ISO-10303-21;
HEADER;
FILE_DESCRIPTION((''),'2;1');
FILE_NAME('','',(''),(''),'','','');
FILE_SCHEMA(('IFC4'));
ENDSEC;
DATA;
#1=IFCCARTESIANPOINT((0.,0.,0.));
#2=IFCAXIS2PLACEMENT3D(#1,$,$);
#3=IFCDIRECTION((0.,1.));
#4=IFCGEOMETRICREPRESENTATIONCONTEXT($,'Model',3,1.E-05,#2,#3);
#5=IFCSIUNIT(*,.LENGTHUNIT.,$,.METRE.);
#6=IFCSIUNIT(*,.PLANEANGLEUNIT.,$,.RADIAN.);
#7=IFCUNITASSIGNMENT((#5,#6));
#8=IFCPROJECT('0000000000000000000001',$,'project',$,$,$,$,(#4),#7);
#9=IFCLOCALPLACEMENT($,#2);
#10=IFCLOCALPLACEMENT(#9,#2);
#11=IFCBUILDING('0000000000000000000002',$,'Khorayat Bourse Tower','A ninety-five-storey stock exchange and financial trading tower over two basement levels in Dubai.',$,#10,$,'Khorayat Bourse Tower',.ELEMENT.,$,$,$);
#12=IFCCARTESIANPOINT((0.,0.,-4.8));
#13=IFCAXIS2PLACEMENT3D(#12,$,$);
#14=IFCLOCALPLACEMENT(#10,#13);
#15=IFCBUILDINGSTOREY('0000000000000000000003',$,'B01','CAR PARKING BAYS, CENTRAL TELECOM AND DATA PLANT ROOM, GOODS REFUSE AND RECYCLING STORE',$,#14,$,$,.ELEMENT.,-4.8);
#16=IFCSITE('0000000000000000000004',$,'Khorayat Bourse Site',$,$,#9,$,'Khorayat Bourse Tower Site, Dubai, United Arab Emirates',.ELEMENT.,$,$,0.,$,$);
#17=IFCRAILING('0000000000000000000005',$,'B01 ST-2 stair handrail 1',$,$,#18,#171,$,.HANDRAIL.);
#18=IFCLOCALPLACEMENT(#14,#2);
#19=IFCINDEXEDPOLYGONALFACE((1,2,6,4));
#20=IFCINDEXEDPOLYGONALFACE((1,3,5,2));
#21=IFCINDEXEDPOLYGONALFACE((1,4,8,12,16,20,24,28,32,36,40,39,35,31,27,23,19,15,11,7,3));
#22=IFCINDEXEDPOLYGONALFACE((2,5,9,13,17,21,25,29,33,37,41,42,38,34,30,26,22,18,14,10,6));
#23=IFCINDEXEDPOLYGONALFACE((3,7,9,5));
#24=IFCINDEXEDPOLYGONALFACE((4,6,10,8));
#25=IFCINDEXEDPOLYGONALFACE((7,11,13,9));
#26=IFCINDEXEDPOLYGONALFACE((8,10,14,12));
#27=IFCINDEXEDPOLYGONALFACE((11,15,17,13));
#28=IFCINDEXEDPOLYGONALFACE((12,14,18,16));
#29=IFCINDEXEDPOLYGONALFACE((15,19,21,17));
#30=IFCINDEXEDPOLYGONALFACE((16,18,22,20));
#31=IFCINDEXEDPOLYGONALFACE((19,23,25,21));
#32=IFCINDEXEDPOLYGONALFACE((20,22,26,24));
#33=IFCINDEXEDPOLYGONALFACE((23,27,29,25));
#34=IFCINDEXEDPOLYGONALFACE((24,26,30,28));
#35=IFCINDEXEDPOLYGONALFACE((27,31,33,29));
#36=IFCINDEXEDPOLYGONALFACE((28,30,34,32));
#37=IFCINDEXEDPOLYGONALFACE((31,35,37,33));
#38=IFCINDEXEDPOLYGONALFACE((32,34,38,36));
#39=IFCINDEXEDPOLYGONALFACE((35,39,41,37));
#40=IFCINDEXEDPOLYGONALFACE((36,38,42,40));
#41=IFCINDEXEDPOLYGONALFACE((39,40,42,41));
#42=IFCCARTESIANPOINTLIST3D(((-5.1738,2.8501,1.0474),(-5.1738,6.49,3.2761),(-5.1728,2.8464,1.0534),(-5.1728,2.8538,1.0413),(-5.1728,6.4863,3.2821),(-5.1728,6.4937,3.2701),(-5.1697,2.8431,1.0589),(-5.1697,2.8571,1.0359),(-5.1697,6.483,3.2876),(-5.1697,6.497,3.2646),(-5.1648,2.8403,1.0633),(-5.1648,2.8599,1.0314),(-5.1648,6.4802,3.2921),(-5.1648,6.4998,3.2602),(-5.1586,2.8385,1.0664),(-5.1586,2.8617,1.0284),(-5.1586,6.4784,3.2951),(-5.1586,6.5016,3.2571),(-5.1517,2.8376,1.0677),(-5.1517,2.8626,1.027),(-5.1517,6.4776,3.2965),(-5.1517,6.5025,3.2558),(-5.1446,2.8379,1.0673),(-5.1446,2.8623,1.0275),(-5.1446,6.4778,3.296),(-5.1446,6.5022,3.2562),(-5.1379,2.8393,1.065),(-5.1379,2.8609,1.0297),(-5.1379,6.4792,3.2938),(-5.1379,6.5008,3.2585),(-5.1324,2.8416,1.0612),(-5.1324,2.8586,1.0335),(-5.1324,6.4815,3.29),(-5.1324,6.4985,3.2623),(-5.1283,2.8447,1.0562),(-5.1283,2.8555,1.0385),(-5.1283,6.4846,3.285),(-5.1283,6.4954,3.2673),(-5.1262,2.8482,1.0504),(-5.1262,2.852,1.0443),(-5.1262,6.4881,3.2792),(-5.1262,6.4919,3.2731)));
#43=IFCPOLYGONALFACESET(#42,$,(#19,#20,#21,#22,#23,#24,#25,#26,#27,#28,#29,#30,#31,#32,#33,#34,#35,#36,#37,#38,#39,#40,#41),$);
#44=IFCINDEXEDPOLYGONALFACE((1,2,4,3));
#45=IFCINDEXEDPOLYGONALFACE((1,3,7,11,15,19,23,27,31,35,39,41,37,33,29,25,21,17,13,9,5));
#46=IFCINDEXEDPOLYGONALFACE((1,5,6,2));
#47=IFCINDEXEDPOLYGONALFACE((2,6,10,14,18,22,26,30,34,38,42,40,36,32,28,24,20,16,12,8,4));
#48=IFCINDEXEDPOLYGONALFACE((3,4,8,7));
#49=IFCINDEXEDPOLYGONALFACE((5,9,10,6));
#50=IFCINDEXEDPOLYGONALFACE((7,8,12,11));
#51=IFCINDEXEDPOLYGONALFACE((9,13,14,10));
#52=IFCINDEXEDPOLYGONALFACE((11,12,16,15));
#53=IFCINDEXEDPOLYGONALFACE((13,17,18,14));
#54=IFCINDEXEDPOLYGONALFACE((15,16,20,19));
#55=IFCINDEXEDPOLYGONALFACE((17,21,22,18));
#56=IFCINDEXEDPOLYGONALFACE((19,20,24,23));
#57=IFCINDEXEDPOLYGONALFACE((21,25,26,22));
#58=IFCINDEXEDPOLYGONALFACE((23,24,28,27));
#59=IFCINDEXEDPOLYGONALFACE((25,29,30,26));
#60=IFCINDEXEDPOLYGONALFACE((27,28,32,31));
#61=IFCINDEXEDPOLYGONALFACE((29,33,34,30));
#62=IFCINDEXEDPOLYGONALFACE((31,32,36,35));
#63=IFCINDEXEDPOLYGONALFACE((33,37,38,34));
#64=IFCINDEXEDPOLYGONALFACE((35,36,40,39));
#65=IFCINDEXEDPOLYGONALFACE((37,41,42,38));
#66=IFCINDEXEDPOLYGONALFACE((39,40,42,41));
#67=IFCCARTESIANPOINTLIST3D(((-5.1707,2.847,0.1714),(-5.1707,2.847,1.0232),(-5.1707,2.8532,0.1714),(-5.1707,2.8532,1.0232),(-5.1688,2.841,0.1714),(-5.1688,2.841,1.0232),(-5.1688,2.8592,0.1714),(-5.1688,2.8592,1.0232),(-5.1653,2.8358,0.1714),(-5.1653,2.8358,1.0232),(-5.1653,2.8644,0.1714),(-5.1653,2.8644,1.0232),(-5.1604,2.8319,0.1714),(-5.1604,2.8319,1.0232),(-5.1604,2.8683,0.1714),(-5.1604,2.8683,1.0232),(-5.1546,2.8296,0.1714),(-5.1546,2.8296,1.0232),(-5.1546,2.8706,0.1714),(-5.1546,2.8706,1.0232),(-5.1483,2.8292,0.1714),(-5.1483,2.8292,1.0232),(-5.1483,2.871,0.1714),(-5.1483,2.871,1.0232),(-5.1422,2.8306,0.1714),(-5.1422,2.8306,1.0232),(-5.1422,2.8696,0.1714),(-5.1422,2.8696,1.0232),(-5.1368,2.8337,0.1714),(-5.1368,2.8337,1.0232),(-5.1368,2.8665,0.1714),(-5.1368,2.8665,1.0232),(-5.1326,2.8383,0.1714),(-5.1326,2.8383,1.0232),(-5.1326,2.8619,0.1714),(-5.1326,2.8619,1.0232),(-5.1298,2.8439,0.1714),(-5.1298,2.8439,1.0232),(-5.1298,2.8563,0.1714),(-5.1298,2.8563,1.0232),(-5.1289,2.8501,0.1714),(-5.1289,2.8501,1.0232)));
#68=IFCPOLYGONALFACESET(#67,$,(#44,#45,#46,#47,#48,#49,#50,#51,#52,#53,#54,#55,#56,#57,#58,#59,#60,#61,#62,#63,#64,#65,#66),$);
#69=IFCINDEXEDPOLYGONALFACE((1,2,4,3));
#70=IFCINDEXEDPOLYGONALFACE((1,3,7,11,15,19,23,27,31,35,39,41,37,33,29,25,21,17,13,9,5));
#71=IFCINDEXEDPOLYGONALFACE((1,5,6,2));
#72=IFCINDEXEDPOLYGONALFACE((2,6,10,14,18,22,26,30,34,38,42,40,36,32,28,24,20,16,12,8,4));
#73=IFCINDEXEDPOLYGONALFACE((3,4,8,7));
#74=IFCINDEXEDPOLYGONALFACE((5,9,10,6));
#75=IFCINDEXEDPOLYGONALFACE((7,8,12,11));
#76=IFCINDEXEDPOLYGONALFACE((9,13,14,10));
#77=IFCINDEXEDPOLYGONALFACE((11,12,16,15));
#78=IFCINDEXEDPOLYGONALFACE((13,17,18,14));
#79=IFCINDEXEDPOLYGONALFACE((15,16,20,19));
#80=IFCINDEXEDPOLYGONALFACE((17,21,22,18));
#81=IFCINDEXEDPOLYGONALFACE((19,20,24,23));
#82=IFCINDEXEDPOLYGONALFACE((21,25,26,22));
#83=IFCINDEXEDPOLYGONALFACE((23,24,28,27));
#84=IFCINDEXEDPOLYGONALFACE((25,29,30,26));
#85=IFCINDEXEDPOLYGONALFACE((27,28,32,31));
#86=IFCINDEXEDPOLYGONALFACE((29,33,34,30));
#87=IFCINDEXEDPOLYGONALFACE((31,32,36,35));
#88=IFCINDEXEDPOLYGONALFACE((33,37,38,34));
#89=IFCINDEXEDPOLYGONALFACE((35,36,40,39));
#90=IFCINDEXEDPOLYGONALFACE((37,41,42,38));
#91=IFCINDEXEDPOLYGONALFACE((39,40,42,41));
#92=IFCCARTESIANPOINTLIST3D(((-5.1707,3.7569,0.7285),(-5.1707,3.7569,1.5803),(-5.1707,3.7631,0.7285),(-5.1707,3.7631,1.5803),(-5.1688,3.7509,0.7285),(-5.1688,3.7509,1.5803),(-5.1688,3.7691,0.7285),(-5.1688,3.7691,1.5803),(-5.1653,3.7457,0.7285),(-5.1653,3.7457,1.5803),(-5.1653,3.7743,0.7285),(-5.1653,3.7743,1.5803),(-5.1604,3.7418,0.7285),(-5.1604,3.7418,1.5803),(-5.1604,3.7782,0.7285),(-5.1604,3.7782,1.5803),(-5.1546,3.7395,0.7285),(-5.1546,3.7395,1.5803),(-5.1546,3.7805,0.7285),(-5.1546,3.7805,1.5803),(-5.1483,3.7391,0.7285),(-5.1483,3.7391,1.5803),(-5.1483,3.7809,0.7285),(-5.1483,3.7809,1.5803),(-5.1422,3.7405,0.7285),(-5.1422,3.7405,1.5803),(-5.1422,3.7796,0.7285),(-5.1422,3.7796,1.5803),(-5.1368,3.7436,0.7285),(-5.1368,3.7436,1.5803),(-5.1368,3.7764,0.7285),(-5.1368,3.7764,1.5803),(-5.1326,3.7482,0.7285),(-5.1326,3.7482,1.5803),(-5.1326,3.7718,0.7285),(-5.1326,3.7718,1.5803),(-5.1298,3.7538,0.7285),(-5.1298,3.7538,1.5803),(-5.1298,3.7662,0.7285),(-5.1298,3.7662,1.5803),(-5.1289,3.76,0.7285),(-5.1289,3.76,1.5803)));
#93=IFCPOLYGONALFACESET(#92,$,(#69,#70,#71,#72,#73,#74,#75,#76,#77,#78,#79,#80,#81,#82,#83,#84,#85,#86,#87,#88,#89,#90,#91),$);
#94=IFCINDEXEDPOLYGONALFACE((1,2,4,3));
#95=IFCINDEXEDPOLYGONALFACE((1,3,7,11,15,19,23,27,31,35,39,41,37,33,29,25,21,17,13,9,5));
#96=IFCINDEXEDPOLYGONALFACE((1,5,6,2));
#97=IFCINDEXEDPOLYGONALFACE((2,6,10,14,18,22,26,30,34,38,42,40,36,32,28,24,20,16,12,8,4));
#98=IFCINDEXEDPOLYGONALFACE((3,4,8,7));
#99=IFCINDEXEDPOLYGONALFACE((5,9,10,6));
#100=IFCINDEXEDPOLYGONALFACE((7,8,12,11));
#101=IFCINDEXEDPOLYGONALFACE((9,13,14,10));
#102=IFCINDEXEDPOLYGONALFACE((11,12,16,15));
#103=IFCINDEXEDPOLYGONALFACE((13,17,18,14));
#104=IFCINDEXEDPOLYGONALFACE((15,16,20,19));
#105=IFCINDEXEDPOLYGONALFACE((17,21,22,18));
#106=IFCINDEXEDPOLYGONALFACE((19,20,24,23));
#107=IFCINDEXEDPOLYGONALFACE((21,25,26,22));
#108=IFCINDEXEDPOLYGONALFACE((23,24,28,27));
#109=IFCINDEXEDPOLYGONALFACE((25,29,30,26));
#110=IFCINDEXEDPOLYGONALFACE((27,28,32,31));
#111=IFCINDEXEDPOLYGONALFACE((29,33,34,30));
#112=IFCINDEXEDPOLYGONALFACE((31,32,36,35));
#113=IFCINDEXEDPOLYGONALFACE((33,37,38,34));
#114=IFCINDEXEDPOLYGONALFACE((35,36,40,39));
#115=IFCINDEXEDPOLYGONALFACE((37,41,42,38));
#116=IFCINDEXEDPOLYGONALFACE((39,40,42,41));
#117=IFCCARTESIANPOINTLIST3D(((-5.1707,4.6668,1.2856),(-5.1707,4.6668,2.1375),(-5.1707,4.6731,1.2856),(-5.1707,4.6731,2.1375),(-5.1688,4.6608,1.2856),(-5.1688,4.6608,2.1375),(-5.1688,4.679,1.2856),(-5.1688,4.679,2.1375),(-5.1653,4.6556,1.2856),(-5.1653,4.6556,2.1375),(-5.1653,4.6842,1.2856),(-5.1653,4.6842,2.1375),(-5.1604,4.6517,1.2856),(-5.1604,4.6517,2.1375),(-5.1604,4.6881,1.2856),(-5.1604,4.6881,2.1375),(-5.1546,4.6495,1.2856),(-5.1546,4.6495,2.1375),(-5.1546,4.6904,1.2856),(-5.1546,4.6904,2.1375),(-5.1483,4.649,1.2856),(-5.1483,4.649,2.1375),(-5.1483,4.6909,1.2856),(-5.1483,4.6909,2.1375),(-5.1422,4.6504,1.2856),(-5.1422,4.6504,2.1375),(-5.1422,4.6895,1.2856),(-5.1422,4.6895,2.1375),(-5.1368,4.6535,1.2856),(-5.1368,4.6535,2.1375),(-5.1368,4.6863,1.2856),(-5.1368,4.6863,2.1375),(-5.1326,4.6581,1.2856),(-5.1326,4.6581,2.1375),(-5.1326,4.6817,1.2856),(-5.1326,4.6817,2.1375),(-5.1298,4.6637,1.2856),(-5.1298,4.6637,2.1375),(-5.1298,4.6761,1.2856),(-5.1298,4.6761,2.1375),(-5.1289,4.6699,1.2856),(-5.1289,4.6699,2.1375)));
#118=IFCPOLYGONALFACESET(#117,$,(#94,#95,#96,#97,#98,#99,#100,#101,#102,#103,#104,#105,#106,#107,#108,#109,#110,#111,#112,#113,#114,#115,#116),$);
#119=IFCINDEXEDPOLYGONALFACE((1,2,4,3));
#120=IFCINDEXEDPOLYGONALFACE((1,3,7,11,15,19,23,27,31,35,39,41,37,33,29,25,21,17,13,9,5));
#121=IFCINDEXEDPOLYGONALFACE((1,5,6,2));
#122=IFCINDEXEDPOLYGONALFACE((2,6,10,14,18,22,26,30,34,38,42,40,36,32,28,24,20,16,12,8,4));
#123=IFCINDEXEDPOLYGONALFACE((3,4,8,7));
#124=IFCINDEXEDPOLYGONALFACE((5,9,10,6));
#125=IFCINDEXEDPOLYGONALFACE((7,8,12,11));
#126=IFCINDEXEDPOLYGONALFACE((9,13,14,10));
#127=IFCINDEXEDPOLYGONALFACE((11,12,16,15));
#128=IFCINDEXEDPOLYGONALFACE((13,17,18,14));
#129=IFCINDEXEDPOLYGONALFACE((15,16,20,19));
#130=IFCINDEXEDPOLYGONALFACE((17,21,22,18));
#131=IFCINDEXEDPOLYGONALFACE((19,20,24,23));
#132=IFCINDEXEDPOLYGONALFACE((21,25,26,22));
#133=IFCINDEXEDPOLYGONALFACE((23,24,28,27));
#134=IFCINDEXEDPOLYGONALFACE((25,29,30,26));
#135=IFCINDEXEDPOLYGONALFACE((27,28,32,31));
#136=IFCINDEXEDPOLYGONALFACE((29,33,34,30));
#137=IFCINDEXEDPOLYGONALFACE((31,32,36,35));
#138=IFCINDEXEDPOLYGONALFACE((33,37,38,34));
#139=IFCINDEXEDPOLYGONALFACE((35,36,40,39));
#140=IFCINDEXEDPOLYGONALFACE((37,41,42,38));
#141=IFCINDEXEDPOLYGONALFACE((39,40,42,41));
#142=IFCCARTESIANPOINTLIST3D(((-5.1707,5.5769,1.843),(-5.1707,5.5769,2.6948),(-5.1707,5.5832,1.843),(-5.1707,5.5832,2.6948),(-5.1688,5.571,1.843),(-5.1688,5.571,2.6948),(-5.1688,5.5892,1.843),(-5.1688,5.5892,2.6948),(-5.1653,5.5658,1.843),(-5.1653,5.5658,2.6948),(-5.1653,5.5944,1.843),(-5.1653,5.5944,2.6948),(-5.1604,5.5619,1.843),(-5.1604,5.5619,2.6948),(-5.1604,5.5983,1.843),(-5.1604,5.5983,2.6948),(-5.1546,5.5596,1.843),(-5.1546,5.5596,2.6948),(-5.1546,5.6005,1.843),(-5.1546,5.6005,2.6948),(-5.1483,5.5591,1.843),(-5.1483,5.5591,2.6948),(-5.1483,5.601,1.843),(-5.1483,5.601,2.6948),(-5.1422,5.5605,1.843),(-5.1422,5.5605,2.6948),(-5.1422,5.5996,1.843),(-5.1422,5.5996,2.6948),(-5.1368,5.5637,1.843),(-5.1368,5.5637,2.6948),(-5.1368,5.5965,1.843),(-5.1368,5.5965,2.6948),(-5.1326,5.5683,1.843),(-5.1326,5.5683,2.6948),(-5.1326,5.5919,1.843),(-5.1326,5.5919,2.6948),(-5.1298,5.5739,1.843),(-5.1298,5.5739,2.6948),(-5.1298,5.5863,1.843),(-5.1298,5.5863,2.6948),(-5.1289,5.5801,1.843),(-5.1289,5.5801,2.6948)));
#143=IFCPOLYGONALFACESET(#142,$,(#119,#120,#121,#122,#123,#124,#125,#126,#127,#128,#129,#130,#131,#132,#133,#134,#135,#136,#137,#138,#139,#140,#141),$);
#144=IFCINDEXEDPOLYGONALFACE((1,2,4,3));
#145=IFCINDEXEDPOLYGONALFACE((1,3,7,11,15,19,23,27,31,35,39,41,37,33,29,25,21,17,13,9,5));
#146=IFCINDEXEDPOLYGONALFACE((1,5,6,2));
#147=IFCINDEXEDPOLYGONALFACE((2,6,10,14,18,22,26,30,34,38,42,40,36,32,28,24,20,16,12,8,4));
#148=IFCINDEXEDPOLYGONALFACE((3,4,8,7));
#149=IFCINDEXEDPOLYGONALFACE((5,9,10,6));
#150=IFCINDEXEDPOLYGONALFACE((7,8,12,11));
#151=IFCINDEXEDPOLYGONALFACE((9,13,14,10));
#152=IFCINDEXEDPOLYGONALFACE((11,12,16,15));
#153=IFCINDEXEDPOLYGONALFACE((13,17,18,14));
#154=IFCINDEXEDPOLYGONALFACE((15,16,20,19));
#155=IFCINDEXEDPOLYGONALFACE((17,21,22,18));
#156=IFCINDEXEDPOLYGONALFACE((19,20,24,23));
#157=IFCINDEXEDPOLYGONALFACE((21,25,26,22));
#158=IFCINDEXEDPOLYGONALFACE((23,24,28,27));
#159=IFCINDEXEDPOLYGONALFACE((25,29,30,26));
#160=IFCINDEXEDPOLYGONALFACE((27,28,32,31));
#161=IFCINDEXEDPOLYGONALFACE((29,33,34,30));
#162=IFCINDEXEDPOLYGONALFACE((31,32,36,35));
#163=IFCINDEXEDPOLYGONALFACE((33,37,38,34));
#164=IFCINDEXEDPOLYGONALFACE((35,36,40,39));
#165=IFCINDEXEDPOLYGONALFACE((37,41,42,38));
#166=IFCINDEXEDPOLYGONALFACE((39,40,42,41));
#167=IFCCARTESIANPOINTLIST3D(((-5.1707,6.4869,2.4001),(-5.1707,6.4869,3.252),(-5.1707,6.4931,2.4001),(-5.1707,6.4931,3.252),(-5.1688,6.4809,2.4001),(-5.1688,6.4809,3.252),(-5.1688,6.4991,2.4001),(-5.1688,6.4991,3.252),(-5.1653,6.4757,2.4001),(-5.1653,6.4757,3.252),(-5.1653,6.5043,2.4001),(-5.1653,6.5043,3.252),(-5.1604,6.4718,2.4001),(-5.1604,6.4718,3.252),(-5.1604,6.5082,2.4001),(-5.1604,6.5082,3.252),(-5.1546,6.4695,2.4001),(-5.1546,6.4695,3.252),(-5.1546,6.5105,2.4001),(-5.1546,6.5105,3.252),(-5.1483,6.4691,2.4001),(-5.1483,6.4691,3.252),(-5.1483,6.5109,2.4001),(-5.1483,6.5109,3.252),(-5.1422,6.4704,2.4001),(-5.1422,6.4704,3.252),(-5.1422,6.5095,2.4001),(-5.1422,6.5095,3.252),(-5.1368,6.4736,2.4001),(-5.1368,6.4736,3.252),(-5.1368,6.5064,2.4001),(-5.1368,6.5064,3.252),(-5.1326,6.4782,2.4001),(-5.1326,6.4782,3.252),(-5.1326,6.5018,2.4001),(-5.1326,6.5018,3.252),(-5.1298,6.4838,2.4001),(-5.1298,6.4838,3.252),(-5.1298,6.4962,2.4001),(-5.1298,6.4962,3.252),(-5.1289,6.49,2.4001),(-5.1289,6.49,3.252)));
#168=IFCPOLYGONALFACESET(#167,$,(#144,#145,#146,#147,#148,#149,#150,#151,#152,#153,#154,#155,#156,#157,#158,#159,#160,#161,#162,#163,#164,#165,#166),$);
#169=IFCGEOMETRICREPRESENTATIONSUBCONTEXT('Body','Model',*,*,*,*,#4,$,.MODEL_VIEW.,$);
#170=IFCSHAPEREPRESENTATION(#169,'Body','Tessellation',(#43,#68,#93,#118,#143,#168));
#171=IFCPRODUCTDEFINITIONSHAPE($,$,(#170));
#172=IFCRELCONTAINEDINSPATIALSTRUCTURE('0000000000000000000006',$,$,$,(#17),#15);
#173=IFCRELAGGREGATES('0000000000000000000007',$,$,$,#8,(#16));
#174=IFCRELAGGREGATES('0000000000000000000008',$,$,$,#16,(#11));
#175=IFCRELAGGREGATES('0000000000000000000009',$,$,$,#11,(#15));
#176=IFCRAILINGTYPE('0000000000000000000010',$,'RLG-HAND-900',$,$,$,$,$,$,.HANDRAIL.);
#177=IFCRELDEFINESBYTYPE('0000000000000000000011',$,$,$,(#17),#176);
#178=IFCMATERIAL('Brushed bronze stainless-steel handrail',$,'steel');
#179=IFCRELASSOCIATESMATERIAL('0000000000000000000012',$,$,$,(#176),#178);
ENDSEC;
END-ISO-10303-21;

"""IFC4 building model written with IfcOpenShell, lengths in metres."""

from ifc_helpers import new_model, si_unit, direction, frame, origin, origin_2d, place, context, subcontext, project, spatial, circle, extrude, source, transform, mapped, material, type_object, element, save


model = new_model("IFC4")

# Units and contexts
model_context = context("Model", 3, precision=1e-05, world=origin(), true_north=direction((0.0, 1.0)))
body_context = subcontext(model_context, "Body", "Model", "MODEL_VIEW")
ifc_project = project(units=[si_unit("LENGTHUNIT", "METRE"), si_unit("PLANEANGLEUNIT", "RADIAN")], contexts=[model_context])

# Site, building, storey
site_placement = place(None, origin())
site = spatial("IfcSite", under=ifc_project, at=site_placement, Name="Khorayat Bourse Site", LongName="Khorayat Bourse Tower Site, Dubai, United Arab Emirates", CompositionType="ELEMENT", RefElevation=0.0)
building_placement = place(site_placement, origin())
building = spatial("IfcBuilding", under=site, at=building_placement, Name="Khorayat Bourse Tower", Description="A ninety-five-storey stock exchange and financial trading tower over two basement levels in Dubai.", LongName="Khorayat Bourse Tower", CompositionType="ELEMENT")
storey_placement = place(building_placement, frame((0.0, 0.0, -4.8)))
storey = spatial("IfcBuildingStorey", under=building, at=storey_placement, Name="B01", Description="CAR PARKING BAYS, CENTRAL TELECOM AND DATA PLANT ROOM, GOODS REFUSE AND RECYCLING STORE", CompositionType="ELEMENT", Elevation=-4.8)

# Railing
ifc_material_1 = material(Name="Brushed bronze stainless-steel handrail", Category="steel")
railing_type_1 = type_object("IfcRailingType", Name="RLG-HAND-900", PredefinedType="HANDRAIL", material=ifc_material_1)
shared_shape_1 = source(origin(), body_context, "Body", "SweptSolid", [
    extrude(circle(Radius=0.0239, at=origin_2d()), frame((0.0, 0.0, 0.876), z_axis=(0.0, 0.852825, 0.522197), x_axis=(-1.0, 0.0, 0.0)), (0.0, 0.0, 1.0), 4.2681),
    extrude(circle(Radius=0.021, at=origin_2d()), origin(), (0.0, 0.0, 1.0), 0.8518),
    extrude(circle(Radius=0.021, at=origin_2d()), frame((0.0, 0.9099, 0.5571)), (0.0, 0.0, 1.0), 0.8518),
    extrude(circle(Radius=0.021, at=origin_2d()), frame((0.0, 1.8198, 1.1143)), (0.0, 0.0, 1.0), 0.8518),
    extrude(circle(Radius=0.021, at=origin_2d()), frame((0.0, 2.73, 1.6716)), (0.0, 0.0, 1.0), 0.8518),
    extrude(circle(Radius=0.021, at=origin_2d()), frame((0.0, 3.6399, 2.2288)), (0.0, 0.0, 1.0), 0.8518),
])
railing_1_placement = place(storey_placement, frame((-5.1499, 2.8501, 0.1714)))
element("IfcRailing", 1, at=railing_1_placement, inside=storey, type_object=railing_type_1, Name="B01 ST-2 stair handrail 1", PredefinedType="HANDRAIL", context=body_context, shape_type="MappedRepresentation", body=[
    mapped(shared_shape_1, transform((0.0, 0.0, 0.0), scale=1.0)),
])

save(model, "model.ifc")
